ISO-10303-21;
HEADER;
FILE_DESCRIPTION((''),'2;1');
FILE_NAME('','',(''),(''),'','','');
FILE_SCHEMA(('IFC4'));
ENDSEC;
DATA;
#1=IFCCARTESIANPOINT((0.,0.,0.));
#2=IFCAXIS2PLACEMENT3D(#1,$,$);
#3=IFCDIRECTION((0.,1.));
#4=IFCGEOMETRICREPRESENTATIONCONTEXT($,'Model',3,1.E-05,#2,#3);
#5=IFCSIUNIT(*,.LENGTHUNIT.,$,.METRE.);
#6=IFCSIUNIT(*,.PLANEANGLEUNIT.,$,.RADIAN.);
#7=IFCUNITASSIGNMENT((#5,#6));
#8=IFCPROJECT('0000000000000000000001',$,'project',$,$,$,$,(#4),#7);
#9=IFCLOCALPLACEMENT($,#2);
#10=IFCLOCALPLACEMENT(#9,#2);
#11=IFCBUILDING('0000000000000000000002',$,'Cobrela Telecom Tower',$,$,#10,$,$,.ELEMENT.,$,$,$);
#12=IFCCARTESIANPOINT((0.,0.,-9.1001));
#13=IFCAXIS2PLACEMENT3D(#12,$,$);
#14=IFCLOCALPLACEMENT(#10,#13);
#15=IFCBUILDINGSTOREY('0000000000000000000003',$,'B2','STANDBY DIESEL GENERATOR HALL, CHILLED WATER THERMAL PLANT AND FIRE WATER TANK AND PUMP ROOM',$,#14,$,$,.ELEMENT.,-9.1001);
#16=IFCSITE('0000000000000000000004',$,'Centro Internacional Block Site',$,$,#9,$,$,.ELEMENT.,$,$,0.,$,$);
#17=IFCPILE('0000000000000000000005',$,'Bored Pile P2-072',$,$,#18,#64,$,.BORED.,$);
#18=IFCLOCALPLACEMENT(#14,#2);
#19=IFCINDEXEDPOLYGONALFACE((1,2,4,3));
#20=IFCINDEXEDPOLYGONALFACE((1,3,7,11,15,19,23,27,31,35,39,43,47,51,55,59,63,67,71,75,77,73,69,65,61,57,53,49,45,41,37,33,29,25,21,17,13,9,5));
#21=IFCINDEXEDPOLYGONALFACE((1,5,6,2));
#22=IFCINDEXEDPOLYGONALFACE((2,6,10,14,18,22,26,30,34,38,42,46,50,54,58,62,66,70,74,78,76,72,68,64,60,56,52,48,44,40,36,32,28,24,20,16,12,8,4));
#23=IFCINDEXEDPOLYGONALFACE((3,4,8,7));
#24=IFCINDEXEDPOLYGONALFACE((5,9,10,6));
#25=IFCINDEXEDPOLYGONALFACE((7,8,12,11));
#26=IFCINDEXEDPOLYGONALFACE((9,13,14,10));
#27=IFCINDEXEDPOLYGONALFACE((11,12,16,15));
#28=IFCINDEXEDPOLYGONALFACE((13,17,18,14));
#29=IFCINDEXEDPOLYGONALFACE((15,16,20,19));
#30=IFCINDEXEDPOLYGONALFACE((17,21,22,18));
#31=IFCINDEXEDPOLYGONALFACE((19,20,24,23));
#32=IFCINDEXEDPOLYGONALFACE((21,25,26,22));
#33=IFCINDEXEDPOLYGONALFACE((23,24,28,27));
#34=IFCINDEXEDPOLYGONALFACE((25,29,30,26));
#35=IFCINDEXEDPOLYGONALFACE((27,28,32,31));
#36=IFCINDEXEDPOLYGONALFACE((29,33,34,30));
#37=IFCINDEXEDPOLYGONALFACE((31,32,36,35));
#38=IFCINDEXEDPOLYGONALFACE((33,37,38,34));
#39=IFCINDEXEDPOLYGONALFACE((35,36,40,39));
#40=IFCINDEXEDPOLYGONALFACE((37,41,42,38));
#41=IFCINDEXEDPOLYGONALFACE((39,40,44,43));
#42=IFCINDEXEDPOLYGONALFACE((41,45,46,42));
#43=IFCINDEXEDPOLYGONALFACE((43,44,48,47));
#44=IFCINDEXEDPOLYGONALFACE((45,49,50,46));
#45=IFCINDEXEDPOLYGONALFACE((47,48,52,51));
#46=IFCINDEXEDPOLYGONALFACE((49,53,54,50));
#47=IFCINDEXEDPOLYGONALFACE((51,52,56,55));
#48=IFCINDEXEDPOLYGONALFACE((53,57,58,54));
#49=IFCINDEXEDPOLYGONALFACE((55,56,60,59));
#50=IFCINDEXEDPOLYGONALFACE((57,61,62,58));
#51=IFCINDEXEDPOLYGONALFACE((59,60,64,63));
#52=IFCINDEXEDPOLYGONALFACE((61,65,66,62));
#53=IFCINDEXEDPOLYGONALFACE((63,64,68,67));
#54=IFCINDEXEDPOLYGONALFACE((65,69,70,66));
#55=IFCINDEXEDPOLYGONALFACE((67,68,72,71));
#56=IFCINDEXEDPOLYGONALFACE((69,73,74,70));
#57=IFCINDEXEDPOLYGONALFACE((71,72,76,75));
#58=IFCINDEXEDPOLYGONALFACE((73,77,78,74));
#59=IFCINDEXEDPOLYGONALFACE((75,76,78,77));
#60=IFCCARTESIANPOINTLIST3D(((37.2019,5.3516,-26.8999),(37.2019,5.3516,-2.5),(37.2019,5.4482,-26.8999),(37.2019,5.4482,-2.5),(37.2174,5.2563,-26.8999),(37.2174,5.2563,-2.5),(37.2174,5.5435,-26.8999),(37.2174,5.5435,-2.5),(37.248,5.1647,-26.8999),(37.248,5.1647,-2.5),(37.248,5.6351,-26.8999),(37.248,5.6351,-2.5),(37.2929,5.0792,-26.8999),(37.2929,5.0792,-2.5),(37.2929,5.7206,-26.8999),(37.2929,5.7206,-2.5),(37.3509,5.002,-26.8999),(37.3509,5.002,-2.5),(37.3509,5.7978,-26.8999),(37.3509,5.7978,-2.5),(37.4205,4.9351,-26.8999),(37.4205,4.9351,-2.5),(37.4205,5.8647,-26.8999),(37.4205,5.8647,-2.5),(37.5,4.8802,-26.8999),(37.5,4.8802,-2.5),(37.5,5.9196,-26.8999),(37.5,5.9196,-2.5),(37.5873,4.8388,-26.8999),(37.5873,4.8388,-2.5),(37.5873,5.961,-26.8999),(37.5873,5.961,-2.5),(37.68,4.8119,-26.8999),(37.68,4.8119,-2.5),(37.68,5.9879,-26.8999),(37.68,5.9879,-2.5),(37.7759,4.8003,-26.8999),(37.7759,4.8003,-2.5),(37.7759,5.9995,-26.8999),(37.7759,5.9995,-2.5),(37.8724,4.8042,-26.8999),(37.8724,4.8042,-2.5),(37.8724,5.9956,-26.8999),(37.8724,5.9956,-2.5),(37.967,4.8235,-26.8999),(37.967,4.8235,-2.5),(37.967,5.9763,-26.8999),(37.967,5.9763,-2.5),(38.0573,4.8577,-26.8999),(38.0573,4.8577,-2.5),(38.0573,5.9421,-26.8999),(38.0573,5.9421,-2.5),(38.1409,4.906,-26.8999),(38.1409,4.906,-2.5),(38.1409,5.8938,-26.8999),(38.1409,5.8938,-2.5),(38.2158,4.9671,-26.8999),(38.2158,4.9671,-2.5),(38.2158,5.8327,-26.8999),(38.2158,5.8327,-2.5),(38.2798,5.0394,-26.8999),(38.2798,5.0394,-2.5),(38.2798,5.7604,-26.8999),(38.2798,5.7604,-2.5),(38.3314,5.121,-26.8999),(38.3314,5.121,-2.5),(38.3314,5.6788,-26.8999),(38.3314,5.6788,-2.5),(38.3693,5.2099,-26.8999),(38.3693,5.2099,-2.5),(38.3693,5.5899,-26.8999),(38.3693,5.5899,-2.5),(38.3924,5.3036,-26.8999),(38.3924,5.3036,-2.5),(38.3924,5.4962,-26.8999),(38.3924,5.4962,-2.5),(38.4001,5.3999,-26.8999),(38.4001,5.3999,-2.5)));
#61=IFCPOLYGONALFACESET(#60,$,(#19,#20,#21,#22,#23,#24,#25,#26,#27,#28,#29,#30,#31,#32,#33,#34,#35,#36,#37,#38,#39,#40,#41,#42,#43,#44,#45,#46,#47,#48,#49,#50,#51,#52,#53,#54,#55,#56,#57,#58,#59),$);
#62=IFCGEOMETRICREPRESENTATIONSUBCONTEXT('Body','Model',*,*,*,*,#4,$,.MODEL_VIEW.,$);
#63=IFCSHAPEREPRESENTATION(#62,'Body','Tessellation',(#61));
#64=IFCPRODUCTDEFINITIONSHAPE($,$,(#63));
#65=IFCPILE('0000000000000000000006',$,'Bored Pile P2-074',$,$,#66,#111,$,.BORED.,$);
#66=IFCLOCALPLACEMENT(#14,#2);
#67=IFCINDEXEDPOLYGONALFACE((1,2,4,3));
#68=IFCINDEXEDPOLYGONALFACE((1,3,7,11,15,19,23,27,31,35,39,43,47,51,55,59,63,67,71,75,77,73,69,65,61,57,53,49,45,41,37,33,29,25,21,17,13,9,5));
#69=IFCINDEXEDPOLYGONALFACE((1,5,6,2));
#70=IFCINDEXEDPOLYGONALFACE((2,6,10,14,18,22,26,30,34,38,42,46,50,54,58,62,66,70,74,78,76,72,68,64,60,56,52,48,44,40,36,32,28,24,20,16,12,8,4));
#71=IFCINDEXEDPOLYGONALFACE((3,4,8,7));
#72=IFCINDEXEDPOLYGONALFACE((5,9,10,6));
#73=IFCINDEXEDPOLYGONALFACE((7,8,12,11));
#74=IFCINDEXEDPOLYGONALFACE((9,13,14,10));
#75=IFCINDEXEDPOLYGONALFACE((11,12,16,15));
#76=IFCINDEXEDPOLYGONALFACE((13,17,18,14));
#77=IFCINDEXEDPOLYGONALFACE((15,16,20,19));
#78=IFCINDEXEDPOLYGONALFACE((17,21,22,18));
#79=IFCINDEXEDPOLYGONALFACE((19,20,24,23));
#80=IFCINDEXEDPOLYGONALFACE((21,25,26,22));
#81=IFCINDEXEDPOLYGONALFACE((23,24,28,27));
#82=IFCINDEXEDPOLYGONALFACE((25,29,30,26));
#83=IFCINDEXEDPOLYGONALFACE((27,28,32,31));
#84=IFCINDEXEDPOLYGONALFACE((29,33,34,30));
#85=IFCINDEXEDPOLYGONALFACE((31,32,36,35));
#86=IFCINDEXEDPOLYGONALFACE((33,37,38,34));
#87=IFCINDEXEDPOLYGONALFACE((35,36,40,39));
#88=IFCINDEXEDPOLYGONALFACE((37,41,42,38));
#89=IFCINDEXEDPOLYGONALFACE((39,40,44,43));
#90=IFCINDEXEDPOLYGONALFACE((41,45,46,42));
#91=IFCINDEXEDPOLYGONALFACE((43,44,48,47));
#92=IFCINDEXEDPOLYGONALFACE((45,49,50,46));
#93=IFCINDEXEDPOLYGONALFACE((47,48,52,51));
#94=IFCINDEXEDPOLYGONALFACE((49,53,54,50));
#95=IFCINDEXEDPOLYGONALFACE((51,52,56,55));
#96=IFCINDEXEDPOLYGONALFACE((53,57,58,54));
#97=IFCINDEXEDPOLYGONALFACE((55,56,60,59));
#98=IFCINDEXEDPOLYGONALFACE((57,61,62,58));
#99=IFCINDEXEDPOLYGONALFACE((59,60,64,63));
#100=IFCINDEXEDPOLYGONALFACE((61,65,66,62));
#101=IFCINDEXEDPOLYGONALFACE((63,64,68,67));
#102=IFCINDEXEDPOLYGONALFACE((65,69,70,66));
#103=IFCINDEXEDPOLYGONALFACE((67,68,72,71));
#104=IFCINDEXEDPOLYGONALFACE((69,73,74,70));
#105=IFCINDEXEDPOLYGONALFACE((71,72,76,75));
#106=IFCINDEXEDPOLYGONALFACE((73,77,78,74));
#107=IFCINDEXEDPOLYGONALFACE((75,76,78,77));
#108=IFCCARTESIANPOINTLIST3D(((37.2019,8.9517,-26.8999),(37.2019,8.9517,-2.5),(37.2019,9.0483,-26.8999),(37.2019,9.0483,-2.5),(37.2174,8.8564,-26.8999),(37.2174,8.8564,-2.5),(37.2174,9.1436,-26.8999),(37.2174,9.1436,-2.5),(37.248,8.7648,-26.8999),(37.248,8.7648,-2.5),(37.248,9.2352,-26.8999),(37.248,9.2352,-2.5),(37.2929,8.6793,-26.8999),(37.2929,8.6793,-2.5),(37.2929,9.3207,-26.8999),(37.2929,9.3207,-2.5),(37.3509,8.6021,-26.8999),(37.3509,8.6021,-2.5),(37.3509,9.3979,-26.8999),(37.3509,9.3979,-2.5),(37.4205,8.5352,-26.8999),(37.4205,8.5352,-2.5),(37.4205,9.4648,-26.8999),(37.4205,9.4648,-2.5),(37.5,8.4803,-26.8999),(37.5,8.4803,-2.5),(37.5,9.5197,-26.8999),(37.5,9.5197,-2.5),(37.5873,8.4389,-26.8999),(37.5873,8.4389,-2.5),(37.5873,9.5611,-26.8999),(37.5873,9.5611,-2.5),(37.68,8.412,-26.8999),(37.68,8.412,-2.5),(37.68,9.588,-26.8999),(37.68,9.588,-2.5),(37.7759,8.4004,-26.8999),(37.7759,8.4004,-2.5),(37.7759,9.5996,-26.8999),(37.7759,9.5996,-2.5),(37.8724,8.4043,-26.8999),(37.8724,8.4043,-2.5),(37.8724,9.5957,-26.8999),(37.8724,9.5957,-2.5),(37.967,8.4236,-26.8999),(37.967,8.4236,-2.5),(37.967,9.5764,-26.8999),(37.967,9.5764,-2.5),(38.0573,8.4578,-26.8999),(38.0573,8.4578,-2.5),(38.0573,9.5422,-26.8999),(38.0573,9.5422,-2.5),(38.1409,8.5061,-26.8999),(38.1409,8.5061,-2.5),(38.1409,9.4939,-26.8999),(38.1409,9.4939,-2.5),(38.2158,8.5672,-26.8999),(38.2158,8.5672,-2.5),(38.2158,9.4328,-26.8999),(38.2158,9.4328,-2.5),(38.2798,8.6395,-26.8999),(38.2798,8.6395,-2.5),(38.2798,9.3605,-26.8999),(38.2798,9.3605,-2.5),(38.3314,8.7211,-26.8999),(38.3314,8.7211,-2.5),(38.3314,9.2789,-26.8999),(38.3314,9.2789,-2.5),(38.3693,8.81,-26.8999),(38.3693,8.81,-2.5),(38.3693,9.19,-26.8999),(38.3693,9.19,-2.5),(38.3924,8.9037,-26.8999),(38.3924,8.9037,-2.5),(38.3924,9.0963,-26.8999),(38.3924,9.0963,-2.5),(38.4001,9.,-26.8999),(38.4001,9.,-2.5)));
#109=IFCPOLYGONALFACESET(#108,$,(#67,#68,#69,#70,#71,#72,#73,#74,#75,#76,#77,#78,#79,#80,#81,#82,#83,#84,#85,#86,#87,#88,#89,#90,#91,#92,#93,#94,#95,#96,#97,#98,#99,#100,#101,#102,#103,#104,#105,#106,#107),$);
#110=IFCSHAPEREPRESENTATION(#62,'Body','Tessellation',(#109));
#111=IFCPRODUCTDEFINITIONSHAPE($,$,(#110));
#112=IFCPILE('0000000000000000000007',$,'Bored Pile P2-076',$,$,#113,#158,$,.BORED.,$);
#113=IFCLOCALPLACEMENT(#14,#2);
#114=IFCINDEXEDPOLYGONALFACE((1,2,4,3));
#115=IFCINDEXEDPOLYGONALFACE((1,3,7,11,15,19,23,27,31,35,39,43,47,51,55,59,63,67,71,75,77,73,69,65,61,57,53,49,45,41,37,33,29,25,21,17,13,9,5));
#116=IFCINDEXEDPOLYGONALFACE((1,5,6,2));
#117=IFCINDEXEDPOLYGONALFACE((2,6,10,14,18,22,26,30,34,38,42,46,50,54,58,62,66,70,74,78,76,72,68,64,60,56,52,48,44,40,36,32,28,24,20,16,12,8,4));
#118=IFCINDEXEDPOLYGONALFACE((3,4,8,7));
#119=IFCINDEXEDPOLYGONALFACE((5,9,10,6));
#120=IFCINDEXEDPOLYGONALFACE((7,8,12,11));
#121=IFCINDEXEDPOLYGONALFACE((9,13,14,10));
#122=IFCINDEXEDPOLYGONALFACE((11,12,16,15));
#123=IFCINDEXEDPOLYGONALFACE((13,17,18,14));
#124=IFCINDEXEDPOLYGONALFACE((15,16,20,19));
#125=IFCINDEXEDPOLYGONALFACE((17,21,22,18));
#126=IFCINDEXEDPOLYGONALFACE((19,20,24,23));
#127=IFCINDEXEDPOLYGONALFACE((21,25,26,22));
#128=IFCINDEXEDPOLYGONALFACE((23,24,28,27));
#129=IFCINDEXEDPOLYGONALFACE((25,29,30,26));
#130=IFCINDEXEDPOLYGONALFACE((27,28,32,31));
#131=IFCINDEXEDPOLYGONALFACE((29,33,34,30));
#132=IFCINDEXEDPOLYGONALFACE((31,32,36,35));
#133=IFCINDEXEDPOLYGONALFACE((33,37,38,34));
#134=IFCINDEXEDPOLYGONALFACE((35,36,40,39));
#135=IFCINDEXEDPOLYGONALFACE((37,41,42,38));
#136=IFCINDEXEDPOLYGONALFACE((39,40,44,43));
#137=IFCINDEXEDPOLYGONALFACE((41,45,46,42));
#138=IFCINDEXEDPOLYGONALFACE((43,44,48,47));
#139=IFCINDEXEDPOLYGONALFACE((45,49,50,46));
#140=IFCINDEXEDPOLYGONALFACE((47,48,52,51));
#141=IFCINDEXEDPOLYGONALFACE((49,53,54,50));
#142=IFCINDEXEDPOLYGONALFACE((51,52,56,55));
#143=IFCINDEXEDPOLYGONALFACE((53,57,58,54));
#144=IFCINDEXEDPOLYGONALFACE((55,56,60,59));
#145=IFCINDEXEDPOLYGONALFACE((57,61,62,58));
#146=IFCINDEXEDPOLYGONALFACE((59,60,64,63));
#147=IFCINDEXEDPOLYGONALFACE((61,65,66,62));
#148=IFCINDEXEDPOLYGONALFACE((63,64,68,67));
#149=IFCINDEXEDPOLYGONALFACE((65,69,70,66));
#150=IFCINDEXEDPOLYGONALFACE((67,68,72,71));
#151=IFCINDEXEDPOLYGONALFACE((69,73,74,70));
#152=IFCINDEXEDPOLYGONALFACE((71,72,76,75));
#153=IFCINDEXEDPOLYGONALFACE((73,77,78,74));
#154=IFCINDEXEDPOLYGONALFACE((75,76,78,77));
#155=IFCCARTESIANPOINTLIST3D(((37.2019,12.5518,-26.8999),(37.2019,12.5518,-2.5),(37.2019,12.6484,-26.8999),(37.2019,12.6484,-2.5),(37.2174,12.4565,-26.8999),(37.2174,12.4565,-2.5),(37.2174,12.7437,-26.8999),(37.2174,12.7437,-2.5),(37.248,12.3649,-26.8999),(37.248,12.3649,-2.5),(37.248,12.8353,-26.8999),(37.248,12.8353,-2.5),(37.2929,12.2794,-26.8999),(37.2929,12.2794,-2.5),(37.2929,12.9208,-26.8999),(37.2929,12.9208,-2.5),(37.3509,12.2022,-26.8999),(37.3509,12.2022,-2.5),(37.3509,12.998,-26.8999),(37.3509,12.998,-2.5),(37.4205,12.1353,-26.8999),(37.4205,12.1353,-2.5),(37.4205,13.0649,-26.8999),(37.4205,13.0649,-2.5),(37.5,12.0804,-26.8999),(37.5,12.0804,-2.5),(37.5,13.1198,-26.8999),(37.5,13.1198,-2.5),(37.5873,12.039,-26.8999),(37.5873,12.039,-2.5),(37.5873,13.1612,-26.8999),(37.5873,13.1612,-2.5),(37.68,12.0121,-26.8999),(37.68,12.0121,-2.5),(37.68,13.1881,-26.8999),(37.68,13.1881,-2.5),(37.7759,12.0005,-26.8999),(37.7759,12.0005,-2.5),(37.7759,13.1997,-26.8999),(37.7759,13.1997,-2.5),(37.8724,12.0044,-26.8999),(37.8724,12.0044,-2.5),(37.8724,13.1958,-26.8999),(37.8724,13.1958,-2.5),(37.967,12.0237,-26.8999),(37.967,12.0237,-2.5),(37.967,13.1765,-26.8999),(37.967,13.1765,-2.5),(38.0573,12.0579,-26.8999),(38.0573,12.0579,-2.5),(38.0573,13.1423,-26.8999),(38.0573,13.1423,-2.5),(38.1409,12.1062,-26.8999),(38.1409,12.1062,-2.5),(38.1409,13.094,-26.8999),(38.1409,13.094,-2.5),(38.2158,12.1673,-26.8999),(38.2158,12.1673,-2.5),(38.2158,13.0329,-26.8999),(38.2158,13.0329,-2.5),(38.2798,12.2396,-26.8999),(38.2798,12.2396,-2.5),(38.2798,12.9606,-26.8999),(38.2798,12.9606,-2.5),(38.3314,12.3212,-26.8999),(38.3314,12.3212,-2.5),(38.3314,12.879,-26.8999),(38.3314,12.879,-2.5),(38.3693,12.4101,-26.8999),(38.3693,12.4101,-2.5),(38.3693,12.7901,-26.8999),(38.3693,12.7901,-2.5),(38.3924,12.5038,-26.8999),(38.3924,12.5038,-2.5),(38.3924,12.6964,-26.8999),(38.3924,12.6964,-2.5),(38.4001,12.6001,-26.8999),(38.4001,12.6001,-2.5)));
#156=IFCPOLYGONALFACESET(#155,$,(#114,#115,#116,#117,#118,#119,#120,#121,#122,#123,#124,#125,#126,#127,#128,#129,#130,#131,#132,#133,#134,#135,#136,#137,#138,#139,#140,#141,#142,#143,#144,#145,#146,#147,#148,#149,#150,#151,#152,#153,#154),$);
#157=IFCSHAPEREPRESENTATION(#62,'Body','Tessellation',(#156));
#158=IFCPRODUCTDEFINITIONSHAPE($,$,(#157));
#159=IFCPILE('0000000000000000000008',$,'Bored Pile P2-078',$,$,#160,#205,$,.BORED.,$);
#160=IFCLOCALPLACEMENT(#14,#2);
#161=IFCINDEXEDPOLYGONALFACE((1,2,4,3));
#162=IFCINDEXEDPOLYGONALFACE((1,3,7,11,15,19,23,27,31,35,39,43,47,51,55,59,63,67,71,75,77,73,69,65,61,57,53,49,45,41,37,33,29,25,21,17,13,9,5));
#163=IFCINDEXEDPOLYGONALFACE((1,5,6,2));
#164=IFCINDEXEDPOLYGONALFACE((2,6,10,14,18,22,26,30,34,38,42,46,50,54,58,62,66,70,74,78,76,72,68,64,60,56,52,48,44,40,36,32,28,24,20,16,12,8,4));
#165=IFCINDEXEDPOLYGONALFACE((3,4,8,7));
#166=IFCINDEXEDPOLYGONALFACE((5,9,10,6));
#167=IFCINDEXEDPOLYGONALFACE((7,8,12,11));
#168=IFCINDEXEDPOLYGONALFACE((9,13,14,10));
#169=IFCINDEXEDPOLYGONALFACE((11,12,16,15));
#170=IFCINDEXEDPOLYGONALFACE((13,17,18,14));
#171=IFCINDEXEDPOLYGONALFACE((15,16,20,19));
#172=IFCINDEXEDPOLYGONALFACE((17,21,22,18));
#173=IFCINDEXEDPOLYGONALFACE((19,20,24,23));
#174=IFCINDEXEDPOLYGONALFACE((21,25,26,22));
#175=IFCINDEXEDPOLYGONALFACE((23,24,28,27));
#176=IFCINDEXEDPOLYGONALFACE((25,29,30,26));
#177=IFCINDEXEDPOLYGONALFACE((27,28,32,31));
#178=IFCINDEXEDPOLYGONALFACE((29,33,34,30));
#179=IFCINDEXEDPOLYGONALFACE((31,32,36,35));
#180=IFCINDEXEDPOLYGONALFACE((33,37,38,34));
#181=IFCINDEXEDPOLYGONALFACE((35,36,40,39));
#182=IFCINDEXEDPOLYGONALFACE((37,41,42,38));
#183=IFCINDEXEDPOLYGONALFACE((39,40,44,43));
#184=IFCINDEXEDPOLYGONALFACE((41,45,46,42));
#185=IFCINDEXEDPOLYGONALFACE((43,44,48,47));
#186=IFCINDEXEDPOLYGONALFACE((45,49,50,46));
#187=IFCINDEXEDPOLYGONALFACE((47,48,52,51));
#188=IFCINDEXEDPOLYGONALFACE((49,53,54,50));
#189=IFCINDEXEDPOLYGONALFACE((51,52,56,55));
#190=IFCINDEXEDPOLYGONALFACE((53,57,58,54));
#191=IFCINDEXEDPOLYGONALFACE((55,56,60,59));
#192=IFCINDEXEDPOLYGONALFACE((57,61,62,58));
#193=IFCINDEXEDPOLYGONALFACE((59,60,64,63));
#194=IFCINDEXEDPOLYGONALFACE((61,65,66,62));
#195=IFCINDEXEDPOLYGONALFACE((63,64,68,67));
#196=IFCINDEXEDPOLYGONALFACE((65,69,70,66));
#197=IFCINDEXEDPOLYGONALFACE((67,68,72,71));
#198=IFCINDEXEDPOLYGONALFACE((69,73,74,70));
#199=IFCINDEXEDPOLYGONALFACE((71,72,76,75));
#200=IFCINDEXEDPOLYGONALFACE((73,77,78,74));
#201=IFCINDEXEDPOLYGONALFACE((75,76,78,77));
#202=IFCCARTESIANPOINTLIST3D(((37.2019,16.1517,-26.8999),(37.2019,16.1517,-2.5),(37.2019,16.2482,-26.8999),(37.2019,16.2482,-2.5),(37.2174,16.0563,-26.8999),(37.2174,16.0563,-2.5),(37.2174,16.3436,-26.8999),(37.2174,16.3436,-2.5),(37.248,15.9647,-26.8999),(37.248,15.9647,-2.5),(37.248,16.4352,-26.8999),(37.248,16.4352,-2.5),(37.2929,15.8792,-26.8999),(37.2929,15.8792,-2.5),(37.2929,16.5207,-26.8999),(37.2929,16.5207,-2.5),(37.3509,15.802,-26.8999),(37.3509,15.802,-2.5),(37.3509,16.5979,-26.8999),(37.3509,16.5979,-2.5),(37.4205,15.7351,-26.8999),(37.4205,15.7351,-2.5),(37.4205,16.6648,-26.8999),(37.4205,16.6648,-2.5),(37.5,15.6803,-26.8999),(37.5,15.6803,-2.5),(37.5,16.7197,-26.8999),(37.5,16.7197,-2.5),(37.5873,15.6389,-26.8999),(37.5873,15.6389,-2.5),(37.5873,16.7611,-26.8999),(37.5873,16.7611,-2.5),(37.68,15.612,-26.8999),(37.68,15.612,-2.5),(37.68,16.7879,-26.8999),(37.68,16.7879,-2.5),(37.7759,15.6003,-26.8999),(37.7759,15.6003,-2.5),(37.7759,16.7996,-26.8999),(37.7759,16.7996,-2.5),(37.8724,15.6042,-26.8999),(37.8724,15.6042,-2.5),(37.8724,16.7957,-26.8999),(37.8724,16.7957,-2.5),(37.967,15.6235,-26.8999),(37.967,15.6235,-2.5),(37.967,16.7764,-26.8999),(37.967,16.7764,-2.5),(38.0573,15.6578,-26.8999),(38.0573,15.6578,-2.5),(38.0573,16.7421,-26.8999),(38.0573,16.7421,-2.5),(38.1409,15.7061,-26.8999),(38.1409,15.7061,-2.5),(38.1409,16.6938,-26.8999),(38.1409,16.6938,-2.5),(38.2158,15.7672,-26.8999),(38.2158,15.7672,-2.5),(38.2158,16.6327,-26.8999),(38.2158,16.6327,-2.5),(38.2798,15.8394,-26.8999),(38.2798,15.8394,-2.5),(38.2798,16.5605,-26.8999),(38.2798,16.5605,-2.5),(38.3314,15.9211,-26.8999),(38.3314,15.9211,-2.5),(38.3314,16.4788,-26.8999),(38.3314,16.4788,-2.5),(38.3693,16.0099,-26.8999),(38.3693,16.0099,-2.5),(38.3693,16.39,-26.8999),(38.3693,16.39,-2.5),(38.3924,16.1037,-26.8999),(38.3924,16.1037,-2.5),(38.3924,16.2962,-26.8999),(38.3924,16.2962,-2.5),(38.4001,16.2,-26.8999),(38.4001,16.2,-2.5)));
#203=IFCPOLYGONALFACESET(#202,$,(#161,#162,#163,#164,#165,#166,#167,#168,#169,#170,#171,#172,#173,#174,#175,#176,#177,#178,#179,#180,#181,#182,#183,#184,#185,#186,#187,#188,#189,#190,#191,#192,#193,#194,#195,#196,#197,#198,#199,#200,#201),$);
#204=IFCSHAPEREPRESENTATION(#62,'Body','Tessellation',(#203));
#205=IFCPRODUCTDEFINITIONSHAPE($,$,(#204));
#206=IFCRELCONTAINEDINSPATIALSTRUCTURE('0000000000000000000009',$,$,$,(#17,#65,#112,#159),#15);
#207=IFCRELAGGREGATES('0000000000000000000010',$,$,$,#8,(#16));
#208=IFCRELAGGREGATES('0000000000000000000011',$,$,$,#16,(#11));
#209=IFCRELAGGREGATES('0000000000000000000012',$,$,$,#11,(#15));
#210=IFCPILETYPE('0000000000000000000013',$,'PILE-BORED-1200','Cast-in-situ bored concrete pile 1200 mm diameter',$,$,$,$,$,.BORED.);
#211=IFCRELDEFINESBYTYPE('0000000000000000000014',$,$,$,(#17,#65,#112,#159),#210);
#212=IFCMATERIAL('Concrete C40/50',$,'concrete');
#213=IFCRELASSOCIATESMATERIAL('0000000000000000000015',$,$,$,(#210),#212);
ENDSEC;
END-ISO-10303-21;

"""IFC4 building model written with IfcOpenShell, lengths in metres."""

from ifc_helpers import new_model, si_unit, direction, frame, origin, origin_2d, place, context, subcontext, project, spatial, circle, extrude, material, material_profile, profile_set, type_object, element, save


model = new_model("IFC4")

# Units and contexts
model_context = context("Model", 3, precision=1e-05, world=origin(), true_north=direction((0.0, 1.0)))
body_context = subcontext(model_context, "Body", "Model", "MODEL_VIEW")
ifc_project = project(units=[si_unit("LENGTHUNIT", "METRE"), si_unit("PLANEANGLEUNIT", "RADIAN")], contexts=[model_context])

# Site, building, storey
site_placement = place(None, origin())
site = spatial("IfcSite", under=ifc_project, at=site_placement, Name="Centro Internacional Block Site", CompositionType="ELEMENT", RefElevation=0.0)
building_placement = place(site_placement, origin())
building = spatial("IfcBuilding", under=site, at=building_placement, Name="Cobrela Telecom Tower", CompositionType="ELEMENT")
storey_placement = place(building_placement, frame((0.0, 0.0, -9.1001)))
storey = spatial("IfcBuildingStorey", under=building, at=storey_placement, Name="B2", Description="STANDBY DIESEL GENERATOR HALL, CHILLED WATER THERMAL PLANT AND FIRE WATER TANK AND PUMP ROOM", CompositionType="ELEMENT", Elevation=-9.1001)

# Shared definitions
ifc_material_1 = material(Name="Concrete C40/50", Category="concrete")

# Piles
ifc_material_profile_1 = material_profile(ifc_material_1, circle(Radius=0.6001, at=origin_2d()), Name="BORED PILE D1200")
ifc_profile_set_1 = profile_set([ifc_material_profile_1], Name="Concrete C40/50")
pile_type = type_object("IfcPileType", Name="PILE-BORED-1200", Description="Cast-in-situ bored concrete pile 1200 mm diameter", PredefinedType="BORED", material=ifc_profile_set_1)
for number, where, z_axis, x_axis, name in (
    (1, (37.8, 5.3999, -2.5), (0.0, 0.0, -1.0), (1.0, 0.0, 0.0), "Bored Pile P2-072"),
    (2, (37.8, 9.0, -2.5), (0.0, 0.0, -1.0), (1.0, 0.0, 0.0), "Bored Pile P2-074"),
    (3, (37.8, 12.6001, -2.5), (0.0, 0.0, -1.0), (1.0, 0.0, 0.0), "Bored Pile P2-076"),
    (4, (37.8, 16.2, -2.5), (0.0, 0.0, -1.0), (1.0, 0.0, 0.0), "Bored Pile P2-078"),
):
    element("IfcPile", number, at=place(storey_placement, frame(where, z_axis=z_axis, x_axis=x_axis)), inside=storey, type_object=pile_type, Name=name, PredefinedType="BORED", context=body_context, shape_type="SweptSolid", body=[
        extrude(circle(Radius=0.6001, at=origin_2d()), origin(), (0.0, 0.0, 1.0), 24.3999),
    ])

save(model, "model.ifc")
